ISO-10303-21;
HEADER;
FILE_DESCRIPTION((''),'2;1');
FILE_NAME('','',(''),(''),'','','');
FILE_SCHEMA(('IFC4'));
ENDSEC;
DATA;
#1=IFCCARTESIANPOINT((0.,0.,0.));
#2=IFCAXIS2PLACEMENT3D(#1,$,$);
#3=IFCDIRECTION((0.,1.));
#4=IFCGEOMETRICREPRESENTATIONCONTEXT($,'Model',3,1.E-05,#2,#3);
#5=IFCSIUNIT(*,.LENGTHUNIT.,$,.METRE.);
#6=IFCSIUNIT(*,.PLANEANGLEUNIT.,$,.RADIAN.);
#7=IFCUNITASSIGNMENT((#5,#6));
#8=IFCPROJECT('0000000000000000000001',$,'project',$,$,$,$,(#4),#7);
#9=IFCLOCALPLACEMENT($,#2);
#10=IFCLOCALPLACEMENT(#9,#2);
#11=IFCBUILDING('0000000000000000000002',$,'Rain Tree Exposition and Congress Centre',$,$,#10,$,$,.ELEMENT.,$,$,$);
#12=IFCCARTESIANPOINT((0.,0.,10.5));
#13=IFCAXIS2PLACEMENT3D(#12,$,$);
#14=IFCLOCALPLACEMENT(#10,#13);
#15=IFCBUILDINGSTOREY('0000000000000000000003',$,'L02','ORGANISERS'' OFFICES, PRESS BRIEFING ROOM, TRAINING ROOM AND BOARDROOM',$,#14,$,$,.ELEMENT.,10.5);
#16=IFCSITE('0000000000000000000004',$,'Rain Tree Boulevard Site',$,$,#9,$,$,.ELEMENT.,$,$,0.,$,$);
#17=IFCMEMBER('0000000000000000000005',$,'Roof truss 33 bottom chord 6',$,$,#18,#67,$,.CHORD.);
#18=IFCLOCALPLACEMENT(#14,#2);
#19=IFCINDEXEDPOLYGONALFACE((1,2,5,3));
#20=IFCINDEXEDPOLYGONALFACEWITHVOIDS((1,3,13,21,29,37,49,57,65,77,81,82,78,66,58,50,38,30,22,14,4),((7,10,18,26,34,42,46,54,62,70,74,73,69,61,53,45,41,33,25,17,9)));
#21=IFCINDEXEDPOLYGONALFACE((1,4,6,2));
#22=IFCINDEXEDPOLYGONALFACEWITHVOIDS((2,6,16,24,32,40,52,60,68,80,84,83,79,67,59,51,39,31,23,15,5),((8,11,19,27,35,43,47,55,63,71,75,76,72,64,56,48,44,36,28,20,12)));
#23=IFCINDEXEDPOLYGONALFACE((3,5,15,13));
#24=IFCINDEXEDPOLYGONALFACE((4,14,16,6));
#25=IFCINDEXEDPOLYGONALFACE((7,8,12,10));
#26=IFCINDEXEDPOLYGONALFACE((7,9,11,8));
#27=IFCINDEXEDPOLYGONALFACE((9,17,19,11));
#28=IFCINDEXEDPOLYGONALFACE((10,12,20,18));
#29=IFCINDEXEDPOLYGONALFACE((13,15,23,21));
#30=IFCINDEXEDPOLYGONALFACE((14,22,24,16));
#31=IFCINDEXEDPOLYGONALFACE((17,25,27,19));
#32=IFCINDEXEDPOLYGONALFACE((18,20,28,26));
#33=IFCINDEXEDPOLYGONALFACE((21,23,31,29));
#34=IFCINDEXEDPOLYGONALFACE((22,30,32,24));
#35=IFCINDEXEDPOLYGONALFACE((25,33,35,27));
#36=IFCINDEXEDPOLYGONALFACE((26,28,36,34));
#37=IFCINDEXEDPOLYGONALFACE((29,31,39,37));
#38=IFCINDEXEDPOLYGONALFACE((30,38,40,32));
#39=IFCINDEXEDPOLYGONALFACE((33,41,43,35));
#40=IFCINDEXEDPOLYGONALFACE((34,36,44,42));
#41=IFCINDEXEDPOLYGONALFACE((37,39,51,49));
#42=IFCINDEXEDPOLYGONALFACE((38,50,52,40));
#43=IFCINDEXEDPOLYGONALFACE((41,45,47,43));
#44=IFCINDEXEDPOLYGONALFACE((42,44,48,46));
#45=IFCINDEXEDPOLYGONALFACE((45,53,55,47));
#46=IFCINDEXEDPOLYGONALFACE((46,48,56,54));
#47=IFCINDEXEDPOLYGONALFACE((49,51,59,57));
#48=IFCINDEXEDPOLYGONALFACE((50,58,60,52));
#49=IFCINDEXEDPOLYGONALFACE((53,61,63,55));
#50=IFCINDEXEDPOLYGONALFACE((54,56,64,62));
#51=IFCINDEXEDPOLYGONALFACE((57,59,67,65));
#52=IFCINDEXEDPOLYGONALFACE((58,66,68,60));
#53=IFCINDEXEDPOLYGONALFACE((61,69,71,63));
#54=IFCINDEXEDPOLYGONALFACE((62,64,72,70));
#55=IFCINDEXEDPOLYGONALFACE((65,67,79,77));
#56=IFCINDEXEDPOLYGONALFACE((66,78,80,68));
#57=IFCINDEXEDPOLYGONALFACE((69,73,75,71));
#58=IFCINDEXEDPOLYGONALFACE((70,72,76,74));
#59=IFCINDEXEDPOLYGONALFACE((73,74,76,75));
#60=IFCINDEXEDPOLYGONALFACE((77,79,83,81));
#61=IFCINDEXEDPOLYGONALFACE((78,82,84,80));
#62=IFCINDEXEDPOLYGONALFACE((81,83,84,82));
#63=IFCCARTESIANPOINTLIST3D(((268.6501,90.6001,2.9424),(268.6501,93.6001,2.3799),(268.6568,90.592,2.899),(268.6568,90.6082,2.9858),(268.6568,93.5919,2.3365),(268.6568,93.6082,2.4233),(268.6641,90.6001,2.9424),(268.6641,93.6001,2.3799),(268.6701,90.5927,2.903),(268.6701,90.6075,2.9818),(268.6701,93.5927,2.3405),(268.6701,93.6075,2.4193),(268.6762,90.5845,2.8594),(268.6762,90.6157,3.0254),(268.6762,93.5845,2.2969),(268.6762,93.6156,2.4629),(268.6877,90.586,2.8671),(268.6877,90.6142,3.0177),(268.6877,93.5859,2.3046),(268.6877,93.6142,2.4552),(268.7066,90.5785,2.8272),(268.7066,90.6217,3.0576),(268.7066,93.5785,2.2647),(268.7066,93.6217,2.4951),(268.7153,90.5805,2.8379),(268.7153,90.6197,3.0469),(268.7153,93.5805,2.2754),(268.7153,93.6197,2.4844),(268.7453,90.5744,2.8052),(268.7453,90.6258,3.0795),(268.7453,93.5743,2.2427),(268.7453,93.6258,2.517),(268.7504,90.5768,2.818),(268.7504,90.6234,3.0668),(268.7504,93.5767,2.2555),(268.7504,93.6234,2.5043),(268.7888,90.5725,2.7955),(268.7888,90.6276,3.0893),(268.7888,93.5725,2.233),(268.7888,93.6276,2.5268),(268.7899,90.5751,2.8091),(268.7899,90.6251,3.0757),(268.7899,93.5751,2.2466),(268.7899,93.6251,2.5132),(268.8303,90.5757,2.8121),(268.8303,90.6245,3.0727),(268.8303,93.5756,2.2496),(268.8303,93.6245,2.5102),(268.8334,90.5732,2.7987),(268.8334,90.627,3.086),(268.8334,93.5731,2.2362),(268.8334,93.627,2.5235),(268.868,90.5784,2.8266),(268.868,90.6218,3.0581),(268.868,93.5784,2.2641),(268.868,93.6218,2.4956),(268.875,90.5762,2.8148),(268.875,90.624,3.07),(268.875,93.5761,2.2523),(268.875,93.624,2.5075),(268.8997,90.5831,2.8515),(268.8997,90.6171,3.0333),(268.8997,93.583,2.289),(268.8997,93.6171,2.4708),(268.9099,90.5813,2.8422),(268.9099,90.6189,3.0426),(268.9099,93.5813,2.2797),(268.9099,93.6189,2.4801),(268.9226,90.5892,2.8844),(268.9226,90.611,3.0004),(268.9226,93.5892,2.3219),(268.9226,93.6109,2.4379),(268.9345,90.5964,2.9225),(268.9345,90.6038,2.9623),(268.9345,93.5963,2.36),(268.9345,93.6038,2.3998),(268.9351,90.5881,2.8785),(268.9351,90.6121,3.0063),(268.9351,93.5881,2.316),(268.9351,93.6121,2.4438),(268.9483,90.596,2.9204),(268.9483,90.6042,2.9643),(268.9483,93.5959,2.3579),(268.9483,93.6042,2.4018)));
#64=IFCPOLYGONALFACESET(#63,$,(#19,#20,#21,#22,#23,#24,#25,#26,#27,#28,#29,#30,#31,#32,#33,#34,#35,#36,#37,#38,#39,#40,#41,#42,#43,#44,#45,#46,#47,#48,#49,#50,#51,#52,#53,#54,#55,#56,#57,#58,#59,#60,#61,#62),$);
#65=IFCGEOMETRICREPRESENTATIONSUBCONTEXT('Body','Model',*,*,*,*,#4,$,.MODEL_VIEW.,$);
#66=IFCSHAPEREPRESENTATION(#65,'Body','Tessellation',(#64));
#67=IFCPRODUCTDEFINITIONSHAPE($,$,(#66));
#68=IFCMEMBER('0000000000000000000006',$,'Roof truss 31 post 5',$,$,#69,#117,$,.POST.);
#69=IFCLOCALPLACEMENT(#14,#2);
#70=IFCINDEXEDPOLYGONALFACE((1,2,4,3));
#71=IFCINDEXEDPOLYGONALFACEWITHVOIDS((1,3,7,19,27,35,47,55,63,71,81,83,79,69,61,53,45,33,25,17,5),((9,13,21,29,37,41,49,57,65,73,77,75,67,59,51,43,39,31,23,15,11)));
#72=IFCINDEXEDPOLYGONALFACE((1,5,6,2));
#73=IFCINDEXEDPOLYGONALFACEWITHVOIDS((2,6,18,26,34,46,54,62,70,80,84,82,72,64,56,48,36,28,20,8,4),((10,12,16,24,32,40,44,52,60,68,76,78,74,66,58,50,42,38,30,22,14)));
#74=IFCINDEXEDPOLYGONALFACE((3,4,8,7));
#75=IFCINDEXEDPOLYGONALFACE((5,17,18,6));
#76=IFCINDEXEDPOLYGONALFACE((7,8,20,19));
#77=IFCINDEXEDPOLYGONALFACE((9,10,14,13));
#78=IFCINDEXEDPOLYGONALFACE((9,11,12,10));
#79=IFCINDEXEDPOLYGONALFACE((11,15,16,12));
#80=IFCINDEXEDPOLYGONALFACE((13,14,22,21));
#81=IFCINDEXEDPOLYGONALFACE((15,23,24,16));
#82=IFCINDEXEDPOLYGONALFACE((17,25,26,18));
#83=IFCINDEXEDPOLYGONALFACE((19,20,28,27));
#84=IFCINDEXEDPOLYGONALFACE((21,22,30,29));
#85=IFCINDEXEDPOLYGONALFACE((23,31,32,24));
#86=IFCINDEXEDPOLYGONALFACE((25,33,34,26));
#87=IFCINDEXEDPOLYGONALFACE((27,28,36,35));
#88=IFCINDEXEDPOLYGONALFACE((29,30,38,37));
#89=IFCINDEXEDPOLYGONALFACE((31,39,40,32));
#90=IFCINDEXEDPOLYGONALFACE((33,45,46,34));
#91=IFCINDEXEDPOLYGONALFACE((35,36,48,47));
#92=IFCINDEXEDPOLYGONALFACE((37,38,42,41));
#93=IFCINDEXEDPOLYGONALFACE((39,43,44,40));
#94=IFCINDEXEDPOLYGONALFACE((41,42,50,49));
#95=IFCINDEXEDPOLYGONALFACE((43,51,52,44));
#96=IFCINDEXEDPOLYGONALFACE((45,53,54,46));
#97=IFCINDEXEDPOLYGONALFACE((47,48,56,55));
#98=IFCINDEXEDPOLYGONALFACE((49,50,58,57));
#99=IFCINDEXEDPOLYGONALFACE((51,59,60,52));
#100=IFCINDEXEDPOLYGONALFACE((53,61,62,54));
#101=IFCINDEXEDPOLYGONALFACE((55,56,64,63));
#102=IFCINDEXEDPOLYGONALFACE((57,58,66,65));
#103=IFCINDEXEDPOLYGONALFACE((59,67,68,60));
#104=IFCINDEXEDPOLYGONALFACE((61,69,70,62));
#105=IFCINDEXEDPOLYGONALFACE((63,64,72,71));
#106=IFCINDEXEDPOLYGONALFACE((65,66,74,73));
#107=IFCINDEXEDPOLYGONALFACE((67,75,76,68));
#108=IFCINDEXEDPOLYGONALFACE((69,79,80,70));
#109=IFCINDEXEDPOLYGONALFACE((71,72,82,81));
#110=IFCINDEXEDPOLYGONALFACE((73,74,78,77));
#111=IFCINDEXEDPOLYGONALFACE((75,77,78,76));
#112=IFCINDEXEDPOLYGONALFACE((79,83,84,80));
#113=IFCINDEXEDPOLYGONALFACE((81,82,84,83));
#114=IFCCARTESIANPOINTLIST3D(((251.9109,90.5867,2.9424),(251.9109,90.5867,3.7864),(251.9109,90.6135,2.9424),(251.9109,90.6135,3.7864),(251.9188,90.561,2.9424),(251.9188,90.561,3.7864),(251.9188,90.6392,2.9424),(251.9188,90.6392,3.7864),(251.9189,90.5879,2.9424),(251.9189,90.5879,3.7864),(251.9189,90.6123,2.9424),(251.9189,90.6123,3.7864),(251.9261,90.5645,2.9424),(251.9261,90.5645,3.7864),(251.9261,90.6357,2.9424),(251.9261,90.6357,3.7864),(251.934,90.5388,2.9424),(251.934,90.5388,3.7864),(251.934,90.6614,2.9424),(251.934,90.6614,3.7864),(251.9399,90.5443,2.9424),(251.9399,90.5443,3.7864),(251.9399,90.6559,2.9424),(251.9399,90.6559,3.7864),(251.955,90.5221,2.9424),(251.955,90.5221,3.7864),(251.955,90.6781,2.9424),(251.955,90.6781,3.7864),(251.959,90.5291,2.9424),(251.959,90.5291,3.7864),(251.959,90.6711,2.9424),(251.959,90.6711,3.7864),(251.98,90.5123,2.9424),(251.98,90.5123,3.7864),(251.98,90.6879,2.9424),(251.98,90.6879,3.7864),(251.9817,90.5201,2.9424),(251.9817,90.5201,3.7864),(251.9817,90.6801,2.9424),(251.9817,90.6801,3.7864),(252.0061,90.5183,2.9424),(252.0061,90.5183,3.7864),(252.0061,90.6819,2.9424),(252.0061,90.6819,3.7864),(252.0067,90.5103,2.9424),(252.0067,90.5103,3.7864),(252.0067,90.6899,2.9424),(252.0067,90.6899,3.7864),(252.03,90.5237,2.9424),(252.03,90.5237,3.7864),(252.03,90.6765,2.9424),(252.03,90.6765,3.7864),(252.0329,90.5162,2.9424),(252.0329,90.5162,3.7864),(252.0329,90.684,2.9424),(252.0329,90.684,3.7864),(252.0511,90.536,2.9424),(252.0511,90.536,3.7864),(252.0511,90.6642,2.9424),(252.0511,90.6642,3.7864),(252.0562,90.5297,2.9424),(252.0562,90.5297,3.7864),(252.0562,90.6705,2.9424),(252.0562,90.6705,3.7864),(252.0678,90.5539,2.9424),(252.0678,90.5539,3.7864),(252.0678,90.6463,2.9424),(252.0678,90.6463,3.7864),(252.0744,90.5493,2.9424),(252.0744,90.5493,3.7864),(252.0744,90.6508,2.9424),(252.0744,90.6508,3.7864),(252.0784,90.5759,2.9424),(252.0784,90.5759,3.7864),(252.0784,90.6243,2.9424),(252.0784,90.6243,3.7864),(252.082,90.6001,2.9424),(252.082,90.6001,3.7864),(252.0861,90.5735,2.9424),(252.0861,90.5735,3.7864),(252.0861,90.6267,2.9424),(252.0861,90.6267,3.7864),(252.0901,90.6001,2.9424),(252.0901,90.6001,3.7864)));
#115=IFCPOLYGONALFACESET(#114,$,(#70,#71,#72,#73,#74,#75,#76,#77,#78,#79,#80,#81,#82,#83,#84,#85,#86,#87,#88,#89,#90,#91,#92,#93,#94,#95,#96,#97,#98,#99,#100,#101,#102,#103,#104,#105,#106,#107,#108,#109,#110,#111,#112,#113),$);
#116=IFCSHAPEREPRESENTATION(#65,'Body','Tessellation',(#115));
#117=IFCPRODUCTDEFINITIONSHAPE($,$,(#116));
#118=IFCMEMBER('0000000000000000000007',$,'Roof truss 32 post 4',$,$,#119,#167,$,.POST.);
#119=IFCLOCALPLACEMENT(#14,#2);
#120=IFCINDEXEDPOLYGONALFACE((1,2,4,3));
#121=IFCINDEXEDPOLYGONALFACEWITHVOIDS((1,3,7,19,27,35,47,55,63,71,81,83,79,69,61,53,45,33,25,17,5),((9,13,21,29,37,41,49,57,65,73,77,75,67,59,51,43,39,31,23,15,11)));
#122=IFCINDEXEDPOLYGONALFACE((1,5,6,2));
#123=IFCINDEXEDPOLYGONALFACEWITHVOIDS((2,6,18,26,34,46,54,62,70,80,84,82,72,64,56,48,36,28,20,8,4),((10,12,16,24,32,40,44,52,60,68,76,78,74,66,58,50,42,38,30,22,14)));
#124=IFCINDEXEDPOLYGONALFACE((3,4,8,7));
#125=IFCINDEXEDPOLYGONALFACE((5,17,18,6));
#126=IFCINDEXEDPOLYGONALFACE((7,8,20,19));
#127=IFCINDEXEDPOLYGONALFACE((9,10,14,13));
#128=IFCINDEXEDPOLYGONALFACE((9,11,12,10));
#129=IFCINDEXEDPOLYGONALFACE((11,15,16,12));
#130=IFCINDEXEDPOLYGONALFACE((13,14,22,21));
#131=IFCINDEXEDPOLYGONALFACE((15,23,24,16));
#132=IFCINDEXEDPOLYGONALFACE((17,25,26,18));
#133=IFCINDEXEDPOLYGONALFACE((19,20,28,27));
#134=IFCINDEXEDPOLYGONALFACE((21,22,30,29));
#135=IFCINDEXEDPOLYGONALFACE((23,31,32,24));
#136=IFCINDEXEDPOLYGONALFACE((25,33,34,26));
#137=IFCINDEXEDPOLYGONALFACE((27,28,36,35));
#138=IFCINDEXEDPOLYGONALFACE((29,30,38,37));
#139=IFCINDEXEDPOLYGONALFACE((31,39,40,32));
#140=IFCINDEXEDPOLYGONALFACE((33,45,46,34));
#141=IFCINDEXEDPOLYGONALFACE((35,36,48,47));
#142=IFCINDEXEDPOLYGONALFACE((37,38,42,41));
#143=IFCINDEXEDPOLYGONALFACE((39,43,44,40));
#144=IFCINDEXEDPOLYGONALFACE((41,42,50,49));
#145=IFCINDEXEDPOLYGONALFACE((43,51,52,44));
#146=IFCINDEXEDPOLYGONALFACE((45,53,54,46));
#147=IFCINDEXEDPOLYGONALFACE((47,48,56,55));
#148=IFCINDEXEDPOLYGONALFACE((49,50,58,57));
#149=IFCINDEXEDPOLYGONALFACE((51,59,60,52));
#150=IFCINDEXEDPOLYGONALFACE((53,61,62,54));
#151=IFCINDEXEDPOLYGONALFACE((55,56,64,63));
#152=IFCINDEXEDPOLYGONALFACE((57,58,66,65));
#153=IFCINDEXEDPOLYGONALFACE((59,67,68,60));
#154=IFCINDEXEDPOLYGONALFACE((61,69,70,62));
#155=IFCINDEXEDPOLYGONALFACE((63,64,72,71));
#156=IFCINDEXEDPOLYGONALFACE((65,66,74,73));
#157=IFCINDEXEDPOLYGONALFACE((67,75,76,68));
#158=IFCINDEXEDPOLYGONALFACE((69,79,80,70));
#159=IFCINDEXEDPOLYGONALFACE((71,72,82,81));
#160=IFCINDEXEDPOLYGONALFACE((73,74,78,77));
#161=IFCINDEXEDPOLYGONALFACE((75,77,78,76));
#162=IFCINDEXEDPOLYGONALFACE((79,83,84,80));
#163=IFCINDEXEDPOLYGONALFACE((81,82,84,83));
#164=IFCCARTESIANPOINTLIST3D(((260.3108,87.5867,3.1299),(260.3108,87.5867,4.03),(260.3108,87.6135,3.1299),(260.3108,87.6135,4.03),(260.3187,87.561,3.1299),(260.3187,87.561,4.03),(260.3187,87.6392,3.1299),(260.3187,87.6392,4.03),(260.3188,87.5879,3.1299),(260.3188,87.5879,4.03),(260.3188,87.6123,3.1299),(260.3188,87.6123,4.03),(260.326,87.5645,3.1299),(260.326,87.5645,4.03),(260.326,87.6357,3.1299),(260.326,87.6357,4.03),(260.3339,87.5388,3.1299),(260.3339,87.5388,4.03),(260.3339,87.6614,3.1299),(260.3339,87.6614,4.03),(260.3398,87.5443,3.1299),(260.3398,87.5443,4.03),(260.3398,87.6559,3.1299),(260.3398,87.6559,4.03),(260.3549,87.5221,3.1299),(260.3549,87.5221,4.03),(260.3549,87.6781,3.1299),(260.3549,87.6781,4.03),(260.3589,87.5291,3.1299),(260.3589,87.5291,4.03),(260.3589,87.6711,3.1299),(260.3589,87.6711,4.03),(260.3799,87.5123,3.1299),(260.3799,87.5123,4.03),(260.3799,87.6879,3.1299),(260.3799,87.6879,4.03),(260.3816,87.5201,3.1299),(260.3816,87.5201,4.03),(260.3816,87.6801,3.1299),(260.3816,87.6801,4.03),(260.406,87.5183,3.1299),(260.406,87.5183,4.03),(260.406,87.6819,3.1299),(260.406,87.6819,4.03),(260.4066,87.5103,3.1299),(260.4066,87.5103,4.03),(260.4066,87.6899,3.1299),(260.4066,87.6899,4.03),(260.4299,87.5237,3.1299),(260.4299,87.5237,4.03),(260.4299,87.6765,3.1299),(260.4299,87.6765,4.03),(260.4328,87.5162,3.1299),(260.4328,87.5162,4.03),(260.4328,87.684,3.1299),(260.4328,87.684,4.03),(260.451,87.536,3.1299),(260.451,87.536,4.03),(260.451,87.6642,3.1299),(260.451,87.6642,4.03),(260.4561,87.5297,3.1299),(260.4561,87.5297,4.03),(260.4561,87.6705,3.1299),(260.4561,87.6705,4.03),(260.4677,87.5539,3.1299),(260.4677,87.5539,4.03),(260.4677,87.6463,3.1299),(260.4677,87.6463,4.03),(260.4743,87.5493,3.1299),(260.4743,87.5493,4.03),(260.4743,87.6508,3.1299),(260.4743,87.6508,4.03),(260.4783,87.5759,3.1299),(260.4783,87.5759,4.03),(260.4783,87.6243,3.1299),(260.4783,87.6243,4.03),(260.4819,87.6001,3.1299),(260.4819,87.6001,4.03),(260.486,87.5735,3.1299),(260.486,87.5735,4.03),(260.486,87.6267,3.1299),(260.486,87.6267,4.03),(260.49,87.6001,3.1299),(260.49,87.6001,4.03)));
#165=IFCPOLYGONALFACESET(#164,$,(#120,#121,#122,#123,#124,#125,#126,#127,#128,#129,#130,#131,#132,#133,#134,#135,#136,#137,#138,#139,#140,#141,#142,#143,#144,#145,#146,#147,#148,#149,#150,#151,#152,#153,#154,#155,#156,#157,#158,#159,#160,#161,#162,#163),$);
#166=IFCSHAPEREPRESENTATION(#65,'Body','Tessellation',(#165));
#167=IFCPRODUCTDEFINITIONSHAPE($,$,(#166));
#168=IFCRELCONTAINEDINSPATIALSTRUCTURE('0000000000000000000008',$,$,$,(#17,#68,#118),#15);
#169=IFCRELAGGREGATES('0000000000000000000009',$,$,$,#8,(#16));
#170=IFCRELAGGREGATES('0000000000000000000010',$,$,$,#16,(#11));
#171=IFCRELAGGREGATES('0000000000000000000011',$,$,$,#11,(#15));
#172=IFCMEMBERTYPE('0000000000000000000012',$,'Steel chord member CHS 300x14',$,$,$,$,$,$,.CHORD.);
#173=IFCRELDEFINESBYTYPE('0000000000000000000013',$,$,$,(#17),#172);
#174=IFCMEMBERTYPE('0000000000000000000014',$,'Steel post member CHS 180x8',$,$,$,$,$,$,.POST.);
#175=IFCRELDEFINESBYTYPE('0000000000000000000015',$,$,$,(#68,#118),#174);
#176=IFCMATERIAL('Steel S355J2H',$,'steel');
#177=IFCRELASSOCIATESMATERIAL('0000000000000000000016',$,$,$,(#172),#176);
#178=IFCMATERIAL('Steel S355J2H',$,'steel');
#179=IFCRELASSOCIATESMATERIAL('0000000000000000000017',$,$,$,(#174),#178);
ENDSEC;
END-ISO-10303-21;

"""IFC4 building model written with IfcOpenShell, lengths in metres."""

from ifc_helpers import new_model, si_unit, direction, frame, origin, origin_2d, place, context, subcontext, project, spatial, hollow_circle, extrude, material, material_profile, profile_set, type_object, element, save


model = new_model("IFC4")

# Units and contexts
model_context = context("Model", 3, precision=1e-05, world=origin(), true_north=direction((0.0, 1.0)))
body_context = subcontext(model_context, "Body", "Model", "MODEL_VIEW")
ifc_project = project(units=[si_unit("LENGTHUNIT", "METRE"), si_unit("PLANEANGLEUNIT", "RADIAN")], contexts=[model_context])

# Site, building, storey
site_placement = place(None, origin())
site = spatial("IfcSite", under=ifc_project, at=site_placement, Name="Rain Tree Boulevard Site", CompositionType="ELEMENT", RefElevation=0.0)
building_placement = place(site_placement, origin())
building = spatial("IfcBuilding", under=site, at=building_placement, Name="Rain Tree Exposition and Congress Centre", CompositionType="ELEMENT")
storey_placement = place(building_placement, frame((0.0, 0.0, 10.5)))
storey = spatial("IfcBuildingStorey", under=building, at=storey_placement, Name="L02", Description="ORGANISERS' OFFICES, PRESS BRIEFING ROOM, TRAINING ROOM AND BOARDROOM", CompositionType="ELEMENT", Elevation=10.5)

# Members
ifc_material_1 = material(Name="Steel S355J2H", Category="steel")
ifc_material_profile_1 = material_profile(ifc_material_1, hollow_circle(Radius=0.1499, WallThickness=0.0139, at=origin_2d()), Name="CHS 300x14")
ifc_profile_set_1 = profile_set([ifc_material_profile_1], Name="Steel S355J2H")
member_type_1 = type_object("IfcMemberType", Name="Steel chord member CHS 300x14", PredefinedType="CHORD", material=ifc_profile_set_1)
member_1_placement = place(storey_placement, frame((268.8, 90.6001, 2.9424), z_axis=(0.0, 0.982872, -0.184289), x_axis=(-1.0, 0.0, 0.0)))
element("IfcMember", 1, at=member_1_placement, inside=storey, type_object=member_type_1, Name="Roof truss 33 bottom chord 6", PredefinedType="CHORD", context=body_context, shape_type="SweptSolid", body=[
    extrude(hollow_circle(Radius=0.1499, WallThickness=0.0139, at=origin_2d()), origin(), (0.0, 0.0, 1.0), 3.0522),
])
ifc_material_2 = material(Name="Steel S355J2H", Category="steel")
ifc_material_profile_2 = material_profile(ifc_material_2, hollow_circle(Radius=0.0901, WallThickness=0.0081, at=origin_2d()), Name="CHS 180x8")
ifc_profile_set_2 = profile_set([ifc_material_profile_2], Name="Steel S355J2H")
member_type_2 = type_object("IfcMemberType", Name="Steel post member CHS 180x8", PredefinedType="POST", material=ifc_profile_set_2)
member_2_placement = place(storey_placement, frame((252.0, 90.6001, 2.9424), z_axis=(0.0, 0.0, 1.0), x_axis=(1.0, 0.0, 0.0)))
element("IfcMember", 2, at=member_2_placement, inside=storey, type_object=member_type_2, Name="Roof truss 31 post 5", PredefinedType="POST", context=body_context, shape_type="SweptSolid", body=[
    extrude(hollow_circle(Radius=0.0901, WallThickness=0.0081, at=origin_2d()), origin(), (0.0, 0.0, 1.0), 0.844),
])
member_3_placement = place(storey_placement, frame((260.3999, 87.6001, 3.1299), z_axis=(0.0, 0.0, 1.0), x_axis=(1.0, 0.0, 0.0)))
element("IfcMember", 3, at=member_3_placement, inside=storey, type_object=member_type_2, Name="Roof truss 32 post 4", PredefinedType="POST", context=body_context, shape_type="SweptSolid", body=[
    extrude(hollow_circle(Radius=0.0901, WallThickness=0.0081, at=origin_2d()), origin(), (0.0, 0.0, 1.0), 0.9001),
])

save(model, "model.ifc")
